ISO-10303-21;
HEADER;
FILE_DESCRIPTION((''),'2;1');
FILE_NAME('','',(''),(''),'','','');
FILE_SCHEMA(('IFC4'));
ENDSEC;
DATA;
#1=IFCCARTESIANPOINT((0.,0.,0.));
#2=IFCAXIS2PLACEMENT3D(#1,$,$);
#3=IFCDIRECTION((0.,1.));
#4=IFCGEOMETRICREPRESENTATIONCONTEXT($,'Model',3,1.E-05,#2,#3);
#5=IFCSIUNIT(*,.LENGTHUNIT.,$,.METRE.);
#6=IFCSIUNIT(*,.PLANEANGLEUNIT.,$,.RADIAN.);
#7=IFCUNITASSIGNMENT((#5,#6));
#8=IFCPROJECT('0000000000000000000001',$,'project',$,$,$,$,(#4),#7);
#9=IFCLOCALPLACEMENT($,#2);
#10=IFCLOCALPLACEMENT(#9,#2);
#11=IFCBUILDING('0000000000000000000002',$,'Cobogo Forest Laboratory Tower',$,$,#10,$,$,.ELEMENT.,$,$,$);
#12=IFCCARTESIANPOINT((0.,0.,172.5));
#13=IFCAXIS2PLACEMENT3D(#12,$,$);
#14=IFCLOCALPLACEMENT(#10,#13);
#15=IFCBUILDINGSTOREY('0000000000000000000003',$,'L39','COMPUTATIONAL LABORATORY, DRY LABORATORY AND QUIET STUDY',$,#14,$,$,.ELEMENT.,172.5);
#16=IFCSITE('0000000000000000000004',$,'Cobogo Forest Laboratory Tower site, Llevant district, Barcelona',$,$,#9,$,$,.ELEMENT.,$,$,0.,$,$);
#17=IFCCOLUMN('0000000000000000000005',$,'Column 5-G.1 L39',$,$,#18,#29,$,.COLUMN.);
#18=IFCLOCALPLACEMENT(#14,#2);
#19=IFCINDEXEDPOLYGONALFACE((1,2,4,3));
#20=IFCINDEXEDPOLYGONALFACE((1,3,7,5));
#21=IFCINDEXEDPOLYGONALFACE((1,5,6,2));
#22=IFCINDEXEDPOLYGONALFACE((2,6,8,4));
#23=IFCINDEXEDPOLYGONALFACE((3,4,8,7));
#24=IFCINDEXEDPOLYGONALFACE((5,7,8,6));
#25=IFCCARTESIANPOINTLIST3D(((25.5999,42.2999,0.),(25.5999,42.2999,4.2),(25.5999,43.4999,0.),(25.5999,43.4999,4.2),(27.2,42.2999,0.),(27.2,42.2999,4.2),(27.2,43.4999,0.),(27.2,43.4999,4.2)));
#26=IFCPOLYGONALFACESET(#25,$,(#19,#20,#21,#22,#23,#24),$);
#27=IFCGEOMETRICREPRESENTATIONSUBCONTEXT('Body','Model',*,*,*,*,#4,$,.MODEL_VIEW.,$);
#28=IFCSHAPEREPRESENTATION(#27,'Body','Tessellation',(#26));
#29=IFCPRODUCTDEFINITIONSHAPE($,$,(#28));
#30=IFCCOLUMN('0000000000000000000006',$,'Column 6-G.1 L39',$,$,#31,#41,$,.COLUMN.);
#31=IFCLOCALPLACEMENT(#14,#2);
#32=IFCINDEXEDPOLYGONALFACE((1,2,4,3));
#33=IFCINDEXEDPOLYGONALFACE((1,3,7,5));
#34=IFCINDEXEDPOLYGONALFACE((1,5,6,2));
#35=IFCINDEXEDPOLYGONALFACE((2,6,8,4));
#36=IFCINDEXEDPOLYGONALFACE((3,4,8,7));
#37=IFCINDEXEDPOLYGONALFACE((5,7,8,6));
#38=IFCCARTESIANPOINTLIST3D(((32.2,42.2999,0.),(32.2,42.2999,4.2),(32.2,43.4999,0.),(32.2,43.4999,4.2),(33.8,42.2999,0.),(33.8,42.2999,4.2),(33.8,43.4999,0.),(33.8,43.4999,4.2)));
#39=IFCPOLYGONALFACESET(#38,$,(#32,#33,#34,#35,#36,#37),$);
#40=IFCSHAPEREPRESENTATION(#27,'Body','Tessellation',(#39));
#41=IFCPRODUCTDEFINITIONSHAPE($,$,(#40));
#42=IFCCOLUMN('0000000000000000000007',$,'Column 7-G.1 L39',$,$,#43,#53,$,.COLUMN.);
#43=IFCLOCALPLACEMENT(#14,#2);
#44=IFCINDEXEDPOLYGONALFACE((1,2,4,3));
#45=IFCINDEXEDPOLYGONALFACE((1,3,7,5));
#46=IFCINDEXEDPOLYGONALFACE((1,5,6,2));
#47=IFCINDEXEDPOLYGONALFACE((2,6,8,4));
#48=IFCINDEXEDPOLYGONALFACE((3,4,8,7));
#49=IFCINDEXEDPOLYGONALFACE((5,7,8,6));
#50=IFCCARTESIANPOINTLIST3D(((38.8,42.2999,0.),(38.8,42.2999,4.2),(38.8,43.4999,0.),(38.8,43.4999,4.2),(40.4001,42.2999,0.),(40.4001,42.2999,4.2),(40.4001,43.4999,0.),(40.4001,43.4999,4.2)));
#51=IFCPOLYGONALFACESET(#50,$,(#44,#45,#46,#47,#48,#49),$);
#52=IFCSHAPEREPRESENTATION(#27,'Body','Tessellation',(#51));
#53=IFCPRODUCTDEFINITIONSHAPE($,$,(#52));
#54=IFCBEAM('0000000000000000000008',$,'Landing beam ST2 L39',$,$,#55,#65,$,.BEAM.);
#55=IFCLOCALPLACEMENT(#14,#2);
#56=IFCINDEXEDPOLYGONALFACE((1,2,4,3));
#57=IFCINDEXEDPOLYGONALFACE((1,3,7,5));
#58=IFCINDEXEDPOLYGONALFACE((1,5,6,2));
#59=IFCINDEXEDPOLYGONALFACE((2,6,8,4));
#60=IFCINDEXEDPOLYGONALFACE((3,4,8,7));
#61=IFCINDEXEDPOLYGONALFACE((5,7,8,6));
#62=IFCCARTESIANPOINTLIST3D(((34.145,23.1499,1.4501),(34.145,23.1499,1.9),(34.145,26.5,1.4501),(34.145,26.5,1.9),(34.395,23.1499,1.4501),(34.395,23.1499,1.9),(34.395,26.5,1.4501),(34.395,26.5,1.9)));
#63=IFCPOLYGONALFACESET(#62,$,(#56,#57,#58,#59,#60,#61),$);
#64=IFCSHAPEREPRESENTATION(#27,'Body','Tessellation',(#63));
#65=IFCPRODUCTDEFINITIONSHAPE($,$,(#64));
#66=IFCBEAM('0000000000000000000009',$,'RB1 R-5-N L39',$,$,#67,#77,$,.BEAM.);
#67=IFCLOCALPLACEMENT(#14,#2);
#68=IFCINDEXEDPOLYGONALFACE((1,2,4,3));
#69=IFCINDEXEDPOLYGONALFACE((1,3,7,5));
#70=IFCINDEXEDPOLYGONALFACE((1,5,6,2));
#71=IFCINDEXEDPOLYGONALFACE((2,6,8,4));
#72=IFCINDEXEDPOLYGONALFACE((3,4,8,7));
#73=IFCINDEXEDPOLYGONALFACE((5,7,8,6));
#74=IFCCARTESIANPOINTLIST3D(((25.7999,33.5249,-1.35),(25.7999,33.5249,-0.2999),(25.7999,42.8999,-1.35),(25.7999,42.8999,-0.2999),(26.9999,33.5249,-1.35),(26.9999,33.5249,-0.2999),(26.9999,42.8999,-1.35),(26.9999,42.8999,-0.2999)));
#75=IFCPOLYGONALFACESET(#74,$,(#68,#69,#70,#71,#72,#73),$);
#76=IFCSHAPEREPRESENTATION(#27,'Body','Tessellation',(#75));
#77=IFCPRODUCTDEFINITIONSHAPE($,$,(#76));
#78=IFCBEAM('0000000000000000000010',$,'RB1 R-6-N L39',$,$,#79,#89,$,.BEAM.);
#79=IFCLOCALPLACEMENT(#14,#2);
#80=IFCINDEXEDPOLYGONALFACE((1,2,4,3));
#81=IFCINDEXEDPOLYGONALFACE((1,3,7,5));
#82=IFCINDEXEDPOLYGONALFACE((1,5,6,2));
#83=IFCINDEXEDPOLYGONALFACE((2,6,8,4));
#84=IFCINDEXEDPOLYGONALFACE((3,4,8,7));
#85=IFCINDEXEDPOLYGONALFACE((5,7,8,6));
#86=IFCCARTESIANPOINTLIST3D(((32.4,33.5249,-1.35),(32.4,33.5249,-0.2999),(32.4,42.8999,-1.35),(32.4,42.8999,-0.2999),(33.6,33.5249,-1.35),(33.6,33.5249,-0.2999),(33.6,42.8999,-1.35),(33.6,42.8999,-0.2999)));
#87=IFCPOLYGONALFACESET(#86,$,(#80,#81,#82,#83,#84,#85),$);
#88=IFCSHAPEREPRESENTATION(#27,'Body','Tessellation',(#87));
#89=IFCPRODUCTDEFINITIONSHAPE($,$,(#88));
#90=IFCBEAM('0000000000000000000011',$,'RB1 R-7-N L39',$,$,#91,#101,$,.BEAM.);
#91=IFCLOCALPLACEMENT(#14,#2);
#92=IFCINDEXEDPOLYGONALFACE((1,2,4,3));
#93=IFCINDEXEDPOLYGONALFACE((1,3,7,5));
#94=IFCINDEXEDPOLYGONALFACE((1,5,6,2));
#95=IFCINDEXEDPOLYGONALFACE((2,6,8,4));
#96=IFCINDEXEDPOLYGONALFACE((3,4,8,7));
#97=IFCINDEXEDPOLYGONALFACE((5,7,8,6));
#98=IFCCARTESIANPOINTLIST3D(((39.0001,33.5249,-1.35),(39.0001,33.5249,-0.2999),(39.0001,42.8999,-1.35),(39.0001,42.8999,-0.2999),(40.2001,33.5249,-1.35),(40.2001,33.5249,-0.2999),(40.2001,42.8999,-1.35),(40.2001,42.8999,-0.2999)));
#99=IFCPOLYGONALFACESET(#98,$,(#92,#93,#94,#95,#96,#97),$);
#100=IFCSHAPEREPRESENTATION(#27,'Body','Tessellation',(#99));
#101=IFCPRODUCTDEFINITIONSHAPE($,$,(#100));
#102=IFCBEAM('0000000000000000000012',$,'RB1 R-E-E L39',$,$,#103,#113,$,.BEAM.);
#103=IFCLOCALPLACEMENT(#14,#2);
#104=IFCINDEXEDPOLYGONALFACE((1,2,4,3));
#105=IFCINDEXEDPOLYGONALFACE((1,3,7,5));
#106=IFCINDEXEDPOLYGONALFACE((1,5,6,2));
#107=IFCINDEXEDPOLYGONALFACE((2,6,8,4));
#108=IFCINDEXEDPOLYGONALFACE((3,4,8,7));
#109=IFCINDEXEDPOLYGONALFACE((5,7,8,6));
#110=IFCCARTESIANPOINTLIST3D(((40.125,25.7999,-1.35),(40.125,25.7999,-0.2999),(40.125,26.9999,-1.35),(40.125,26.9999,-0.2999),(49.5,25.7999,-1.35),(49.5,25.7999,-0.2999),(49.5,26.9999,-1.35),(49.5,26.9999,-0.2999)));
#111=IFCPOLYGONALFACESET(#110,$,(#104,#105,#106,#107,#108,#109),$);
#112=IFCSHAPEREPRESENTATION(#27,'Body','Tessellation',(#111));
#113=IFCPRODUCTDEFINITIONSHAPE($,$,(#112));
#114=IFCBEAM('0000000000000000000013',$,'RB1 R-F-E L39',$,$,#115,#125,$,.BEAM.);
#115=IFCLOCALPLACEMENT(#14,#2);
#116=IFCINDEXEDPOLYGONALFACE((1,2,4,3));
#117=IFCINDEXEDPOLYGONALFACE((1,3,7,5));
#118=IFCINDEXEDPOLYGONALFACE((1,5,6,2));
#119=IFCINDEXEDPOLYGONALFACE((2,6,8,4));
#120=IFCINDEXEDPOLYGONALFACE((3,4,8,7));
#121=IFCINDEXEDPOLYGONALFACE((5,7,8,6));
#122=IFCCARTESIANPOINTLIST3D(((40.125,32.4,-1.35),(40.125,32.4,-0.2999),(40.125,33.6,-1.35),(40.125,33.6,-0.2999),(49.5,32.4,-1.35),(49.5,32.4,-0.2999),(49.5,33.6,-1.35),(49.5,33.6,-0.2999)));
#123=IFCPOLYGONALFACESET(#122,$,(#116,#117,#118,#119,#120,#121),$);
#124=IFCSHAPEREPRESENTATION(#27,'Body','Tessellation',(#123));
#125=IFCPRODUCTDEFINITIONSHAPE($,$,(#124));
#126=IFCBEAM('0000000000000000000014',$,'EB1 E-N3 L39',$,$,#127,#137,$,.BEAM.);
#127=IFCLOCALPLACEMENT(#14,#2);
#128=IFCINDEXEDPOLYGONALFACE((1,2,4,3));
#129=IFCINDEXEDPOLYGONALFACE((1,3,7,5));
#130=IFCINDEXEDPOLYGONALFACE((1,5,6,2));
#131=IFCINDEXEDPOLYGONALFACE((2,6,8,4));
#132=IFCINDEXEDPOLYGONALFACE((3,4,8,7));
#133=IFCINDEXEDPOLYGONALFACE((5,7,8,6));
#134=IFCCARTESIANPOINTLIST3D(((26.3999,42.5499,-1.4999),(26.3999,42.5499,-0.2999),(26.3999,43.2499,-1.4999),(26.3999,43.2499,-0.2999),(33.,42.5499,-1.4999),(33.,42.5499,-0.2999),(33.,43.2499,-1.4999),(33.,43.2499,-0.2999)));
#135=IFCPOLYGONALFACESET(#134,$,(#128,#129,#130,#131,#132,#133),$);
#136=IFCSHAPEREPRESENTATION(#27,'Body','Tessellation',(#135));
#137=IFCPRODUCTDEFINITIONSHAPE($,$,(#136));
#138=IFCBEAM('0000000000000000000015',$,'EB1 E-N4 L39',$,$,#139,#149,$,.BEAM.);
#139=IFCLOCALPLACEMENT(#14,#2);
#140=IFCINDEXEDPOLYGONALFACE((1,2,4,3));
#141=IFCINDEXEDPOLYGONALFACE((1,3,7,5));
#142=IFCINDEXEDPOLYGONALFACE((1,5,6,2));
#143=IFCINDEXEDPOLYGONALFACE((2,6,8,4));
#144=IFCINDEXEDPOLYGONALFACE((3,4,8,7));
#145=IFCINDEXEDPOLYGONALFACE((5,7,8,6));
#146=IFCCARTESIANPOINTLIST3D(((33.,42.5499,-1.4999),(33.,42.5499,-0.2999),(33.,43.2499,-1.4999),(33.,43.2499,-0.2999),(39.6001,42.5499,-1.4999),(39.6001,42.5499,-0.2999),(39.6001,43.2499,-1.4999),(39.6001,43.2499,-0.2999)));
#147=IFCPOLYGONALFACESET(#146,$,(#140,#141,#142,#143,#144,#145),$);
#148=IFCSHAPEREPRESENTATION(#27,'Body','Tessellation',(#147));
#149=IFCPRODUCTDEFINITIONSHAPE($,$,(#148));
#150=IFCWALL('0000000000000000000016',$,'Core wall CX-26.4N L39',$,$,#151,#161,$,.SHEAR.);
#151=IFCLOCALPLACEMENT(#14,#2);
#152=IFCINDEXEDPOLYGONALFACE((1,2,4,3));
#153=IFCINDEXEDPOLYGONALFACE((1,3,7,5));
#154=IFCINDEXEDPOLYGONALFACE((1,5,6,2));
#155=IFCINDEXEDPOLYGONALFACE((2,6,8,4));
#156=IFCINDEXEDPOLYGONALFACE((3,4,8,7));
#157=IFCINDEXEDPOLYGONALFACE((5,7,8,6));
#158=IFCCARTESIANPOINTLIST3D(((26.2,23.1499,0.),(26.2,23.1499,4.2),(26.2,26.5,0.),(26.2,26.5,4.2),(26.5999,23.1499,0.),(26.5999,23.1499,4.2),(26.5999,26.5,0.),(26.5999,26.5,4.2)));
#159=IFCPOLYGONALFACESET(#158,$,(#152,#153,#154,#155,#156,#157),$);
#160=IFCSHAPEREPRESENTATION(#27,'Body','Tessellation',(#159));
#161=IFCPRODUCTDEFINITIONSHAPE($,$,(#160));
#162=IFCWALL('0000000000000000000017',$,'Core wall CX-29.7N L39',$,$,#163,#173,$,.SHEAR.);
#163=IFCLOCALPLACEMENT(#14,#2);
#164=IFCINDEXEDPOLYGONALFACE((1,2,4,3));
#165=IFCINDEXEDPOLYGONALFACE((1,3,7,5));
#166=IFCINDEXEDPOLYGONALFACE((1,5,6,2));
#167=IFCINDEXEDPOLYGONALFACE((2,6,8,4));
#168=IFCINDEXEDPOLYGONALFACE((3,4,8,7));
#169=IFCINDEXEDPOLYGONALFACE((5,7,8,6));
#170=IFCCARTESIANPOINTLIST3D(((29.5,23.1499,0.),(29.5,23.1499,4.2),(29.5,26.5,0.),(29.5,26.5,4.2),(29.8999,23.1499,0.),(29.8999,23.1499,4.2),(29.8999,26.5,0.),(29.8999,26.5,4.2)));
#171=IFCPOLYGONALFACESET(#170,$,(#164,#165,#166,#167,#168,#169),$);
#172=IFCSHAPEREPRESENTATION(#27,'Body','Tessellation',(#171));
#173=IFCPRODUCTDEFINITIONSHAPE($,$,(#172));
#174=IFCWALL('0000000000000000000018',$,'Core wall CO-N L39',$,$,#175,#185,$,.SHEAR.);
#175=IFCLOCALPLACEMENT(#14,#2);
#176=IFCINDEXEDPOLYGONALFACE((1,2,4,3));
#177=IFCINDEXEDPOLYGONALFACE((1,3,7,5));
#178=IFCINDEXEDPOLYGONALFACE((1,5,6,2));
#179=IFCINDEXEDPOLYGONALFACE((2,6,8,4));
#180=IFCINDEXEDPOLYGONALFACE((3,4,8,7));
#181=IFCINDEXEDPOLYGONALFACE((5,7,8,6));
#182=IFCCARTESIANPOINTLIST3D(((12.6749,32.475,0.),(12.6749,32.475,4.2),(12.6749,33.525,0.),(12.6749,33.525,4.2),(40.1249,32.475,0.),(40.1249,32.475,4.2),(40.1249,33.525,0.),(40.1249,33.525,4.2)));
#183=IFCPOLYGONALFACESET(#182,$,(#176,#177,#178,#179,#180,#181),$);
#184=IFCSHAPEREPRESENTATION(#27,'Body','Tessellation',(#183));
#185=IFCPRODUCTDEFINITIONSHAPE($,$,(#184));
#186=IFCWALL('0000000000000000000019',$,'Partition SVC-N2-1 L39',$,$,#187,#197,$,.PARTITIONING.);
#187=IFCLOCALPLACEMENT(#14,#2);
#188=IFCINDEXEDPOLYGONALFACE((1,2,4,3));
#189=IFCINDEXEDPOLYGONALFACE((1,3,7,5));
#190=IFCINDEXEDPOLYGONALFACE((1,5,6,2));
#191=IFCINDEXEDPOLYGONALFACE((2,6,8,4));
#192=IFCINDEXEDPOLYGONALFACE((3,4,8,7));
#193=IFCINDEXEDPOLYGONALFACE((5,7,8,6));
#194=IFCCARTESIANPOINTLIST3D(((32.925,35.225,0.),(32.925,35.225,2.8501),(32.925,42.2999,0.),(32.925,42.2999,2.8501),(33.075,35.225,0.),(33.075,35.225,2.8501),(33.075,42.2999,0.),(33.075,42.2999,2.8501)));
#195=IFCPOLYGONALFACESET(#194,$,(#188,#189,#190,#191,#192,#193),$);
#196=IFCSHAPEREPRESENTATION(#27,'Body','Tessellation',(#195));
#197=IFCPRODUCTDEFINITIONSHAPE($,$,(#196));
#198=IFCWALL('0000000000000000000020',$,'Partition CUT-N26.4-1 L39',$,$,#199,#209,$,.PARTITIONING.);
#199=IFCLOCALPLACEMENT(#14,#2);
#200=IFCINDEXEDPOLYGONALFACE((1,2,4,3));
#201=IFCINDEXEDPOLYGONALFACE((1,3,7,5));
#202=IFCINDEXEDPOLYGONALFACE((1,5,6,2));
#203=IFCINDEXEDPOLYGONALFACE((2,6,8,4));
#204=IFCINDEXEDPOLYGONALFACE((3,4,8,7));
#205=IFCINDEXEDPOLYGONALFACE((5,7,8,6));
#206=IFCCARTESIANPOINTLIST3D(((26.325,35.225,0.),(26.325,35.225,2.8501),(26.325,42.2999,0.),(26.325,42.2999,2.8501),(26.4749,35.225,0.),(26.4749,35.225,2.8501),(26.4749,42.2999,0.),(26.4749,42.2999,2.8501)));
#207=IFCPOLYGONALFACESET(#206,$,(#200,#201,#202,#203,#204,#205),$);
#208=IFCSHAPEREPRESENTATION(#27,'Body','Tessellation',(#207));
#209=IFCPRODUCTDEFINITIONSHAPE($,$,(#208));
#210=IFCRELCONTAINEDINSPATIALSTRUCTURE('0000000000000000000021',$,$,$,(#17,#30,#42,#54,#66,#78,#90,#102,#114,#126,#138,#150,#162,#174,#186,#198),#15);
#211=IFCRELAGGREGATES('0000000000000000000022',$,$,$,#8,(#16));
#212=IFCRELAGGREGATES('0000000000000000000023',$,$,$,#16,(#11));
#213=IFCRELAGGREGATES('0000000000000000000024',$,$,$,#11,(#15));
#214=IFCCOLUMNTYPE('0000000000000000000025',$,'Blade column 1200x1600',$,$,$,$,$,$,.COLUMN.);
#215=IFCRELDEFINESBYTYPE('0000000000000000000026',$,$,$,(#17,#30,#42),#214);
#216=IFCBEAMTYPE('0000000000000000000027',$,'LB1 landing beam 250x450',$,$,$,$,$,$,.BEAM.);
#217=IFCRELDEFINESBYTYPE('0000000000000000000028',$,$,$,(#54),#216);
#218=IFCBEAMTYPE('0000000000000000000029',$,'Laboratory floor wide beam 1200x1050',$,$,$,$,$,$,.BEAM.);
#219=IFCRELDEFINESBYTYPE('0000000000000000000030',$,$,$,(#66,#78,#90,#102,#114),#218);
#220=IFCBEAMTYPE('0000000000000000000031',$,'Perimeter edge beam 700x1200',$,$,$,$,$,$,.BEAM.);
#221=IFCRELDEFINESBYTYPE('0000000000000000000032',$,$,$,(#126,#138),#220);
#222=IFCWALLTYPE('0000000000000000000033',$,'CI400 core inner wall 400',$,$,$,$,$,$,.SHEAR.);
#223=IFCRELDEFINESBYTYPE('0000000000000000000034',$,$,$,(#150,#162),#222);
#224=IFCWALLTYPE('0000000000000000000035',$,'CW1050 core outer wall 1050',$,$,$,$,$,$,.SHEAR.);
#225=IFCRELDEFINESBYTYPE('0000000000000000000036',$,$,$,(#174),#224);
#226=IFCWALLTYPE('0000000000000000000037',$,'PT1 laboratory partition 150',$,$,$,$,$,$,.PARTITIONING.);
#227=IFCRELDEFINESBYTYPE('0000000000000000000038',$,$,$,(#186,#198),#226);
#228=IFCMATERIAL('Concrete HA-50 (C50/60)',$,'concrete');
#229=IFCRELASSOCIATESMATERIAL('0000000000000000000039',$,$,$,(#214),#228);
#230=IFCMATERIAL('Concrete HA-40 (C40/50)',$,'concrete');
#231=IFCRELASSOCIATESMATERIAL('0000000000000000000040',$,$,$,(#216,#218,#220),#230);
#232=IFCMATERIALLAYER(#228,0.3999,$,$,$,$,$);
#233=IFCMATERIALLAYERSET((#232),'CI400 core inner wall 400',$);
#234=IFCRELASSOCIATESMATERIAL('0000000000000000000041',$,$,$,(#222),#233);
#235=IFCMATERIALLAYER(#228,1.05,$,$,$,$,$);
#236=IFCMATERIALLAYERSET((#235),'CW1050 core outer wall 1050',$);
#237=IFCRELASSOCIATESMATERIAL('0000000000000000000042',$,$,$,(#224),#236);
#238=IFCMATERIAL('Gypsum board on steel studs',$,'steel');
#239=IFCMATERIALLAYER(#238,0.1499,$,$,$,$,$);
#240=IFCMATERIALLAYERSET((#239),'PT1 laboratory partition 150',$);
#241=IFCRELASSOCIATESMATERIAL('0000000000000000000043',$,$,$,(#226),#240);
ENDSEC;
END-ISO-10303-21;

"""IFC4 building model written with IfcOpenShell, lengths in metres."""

from ifc_helpers import new_model, si_unit, direction, frame, frame_2d, origin, origin_2d, place, context, subcontext, project, spatial, rectangle, extrude, material, layer, layer_set, material_profile, profile_set, type_object, element, save


model = new_model("IFC4")

# Units and contexts
model_context = context("Model", 3, precision=1e-05, world=origin(), true_north=direction((0.0, 1.0)))
body_context = subcontext(model_context, "Body", "Model", "MODEL_VIEW")
ifc_project = project(units=[si_unit("LENGTHUNIT", "METRE"), si_unit("PLANEANGLEUNIT", "RADIAN")], contexts=[model_context])

# Site, building, storey
site_placement = place(None, origin())
site = spatial("IfcSite", under=ifc_project, at=site_placement, Name="Cobogo Forest Laboratory Tower site, Llevant district, Barcelona", CompositionType="ELEMENT", RefElevation=0.0)
building_placement = place(site_placement, origin())
building = spatial("IfcBuilding", under=site, at=building_placement, Name="Cobogo Forest Laboratory Tower", CompositionType="ELEMENT")
storey_placement = place(building_placement, frame((0.0, 0.0, 172.5)))
storey = spatial("IfcBuildingStorey", under=building, at=storey_placement, Name="L39", Description="COMPUTATIONAL LABORATORY, DRY LABORATORY AND QUIET STUDY", CompositionType="ELEMENT", Elevation=172.5)

# Columns
ifc_material_1 = material(Name="Concrete HA-50 (C50/60)", Category="concrete")
ifc_material_profile_1 = material_profile(ifc_material_1, rectangle(XDim=1.6001, YDim=1.2, at=origin_2d()), Name="RC 1200x1600")
ifc_profile_set_1 = profile_set([ifc_material_profile_1], Name="Concrete HA-50 (C50/60)")
column_type = type_object("IfcColumnType", Name="Blade column 1200x1600", PredefinedType="COLUMN", material=ifc_profile_set_1)
for number, where, z_axis, x_axis, name in (
    (1, (26.3999, 42.8999, 0.0), (0.0, 0.0, 1.0), (1.0, 0.0, 0.0), "Column 5-G.1 L39"),
    (2, (33.0, 42.8999, 0.0), (0.0, 0.0, 1.0), (1.0, 0.0, 0.0), "Column 6-G.1 L39"),
    (3, (39.6001, 42.8999, 0.0), (0.0, 0.0, 1.0), (1.0, 0.0, 0.0), "Column 7-G.1 L39"),
):
    element("IfcColumn", number, at=place(storey_placement, frame(where, z_axis=z_axis, x_axis=x_axis)), inside=storey, type_object=column_type, Name=name, PredefinedType="COLUMN", context=body_context, shape_type="SweptSolid", body=[
        extrude(rectangle(XDim=1.6001, YDim=1.2, at=origin_2d()), origin(), (0.0, 0.0, 1.0), 4.2),
    ])

# Beams
ifc_material_2 = material(Name="Concrete HA-40 (C40/50)", Category="concrete")
ifc_material_profile_2 = material_profile(ifc_material_2, rectangle(XDim=0.25, YDim=0.45, at=origin_2d()), Name="RC 250x450")
ifc_profile_set_2 = profile_set([ifc_material_profile_2], Name="Concrete HA-40 (C40/50)")
beam_type_1 = type_object("IfcBeamType", Name="LB1 landing beam 250x450", PredefinedType="BEAM", material=ifc_profile_set_2)
beam_placement = place(storey_placement, frame((34.27, 23.1499, 1.675), z_axis=(0.0, 1.0, 0.0), x_axis=(-1.0, 0.0, 0.0)))
element("IfcBeam", 4, at=beam_placement, inside=storey, type_object=beam_type_1, Name="Landing beam ST2 L39", PredefinedType="BEAM", context=body_context, shape_type="SweptSolid", body=[
    extrude(rectangle(XDim=0.25, YDim=0.45, at=origin_2d()), origin(), (0.0, 0.0, 1.0), 3.3501),
])
ifc_material_profile_3 = material_profile(ifc_material_2, rectangle(XDim=1.2, YDim=1.05, at=origin_2d()), Name="RC 1200x1050")
ifc_profile_set_3 = profile_set([ifc_material_profile_3], Name="Concrete HA-40 (C40/50)")
beam_type_2 = type_object("IfcBeamType", Name="Laboratory floor wide beam 1200x1050", PredefinedType="BEAM", material=ifc_profile_set_3)
for number, where, z_axis, x_axis, name in (
    (5, (26.3999, 33.5249, -0.825), (0.0, 1.0, 0.0), (-1.0, 0.0, 0.0), "RB1 R-5-N L39"),
    (6, (33.0, 33.5249, -0.825), (0.0, 1.0, 0.0), (-1.0, 0.0, 0.0), "RB1 R-6-N L39"),
    (7, (39.6001, 33.5249, -0.825), (0.0, 1.0, 0.0), (-1.0, 0.0, 0.0), "RB1 R-7-N L39"),
    (8, (40.125, 26.3999, -0.825), (1.0, 0.0, 0.0), (0.0, 1.0, 0.0), "RB1 R-E-E L39"),
    (9, (40.125, 33.0, -0.825), (1.0, 0.0, 0.0), (0.0, 1.0, 0.0), "RB1 R-F-E L39"),
):
    element("IfcBeam", number, at=place(storey_placement, frame(where, z_axis=z_axis, x_axis=x_axis)), inside=storey, type_object=beam_type_2, Name=name, PredefinedType="BEAM", context=body_context, shape_type="SweptSolid", body=[
        extrude(rectangle(XDim=1.2, YDim=1.05, at=origin_2d()), origin(), (0.0, 0.0, 1.0), 9.375),
    ])
ifc_material_profile_4 = material_profile(ifc_material_2, rectangle(XDim=0.7, YDim=1.2, at=origin_2d()), Name="RC 700x1200")
ifc_profile_set_4 = profile_set([ifc_material_profile_4], Name="Concrete HA-40 (C40/50)")
beam_type_3 = type_object("IfcBeamType", Name="Perimeter edge beam 700x1200", PredefinedType="BEAM", material=ifc_profile_set_4)
for number, where, z_axis, x_axis, name in (
    (10, (26.3999, 42.8999, -0.8999), (1.0, 0.0, 0.0), (0.0, 1.0, 0.0), "EB1 E-N3 L39"),
    (11, (33.0, 42.8999, -0.8999), (1.0, 0.0, 0.0), (0.0, 1.0, 0.0), "EB1 E-N4 L39"),
):
    element("IfcBeam", number, at=place(storey_placement, frame(where, z_axis=z_axis, x_axis=x_axis)), inside=storey, type_object=beam_type_3, Name=name, PredefinedType="BEAM", context=body_context, shape_type="SweptSolid", body=[
        extrude(rectangle(XDim=0.7, YDim=1.2, at=origin_2d()), origin(), (0.0, 0.0, 1.0), 6.6001),
    ])

# Walls
ifc_layer_1 = layer(ifc_material_1, 0.3999)
ifc_layer_set_1 = layer_set([ifc_layer_1], Name="CI400 core inner wall 400")
wall_type_1 = type_object("IfcWallType", Name="CI400 core inner wall 400", PredefinedType="SHEAR", material=ifc_layer_set_1)
for number, where, z_axis, x_axis, name in (
    (12, (26.3999, 23.1499, 0.0), (0.0, 0.0, 1.0), (0.0, 1.0, 0.0), "Core wall CX-26.4N L39"),
    (13, (29.7, 23.1499, 0.0), (0.0, 0.0, 1.0), (0.0, 1.0, 0.0), "Core wall CX-29.7N L39"),
):
    element("IfcWall", number, at=place(storey_placement, frame(where, z_axis=z_axis, x_axis=x_axis)), inside=storey, type_object=wall_type_1, Name=name, PredefinedType="SHEAR", context=body_context, shape_type="SweptSolid", body=[
        extrude(rectangle(XDim=3.3501, YDim=0.3999, at=frame_2d((1.675, 0.0))), origin(), (0.0, 0.0, 1.0), 4.2),
    ])
ifc_layer_2 = layer(ifc_material_1, 1.05)
ifc_layer_set_2 = layer_set([ifc_layer_2], Name="CW1050 core outer wall 1050")
wall_type_2 = type_object("IfcWallType", Name="CW1050 core outer wall 1050", PredefinedType="SHEAR", material=ifc_layer_set_2)
wall_1_placement = place(storey_placement, frame((40.125, 33.0, 0.0), z_axis=(0.0, 0.0, 1.0), x_axis=(-1.0, 0.0, 0.0)))
element("IfcWall", 14, at=wall_1_placement, inside=storey, type_object=wall_type_2, Name="Core wall CO-N L39", PredefinedType="SHEAR", context=body_context, shape_type="SweptSolid", body=[
    extrude(rectangle(XDim=27.45, YDim=1.05, at=frame_2d((13.7251, 0.0))), origin(), (0.0, 0.0, 1.0), 4.2),
])
ifc_material_3 = material(Name="Gypsum board on steel studs", Category="steel")
ifc_layer_3 = layer(ifc_material_3, 0.1499)
ifc_layer_set_3 = layer_set([ifc_layer_3], Name="PT1 laboratory partition 150")
wall_type_3 = type_object("IfcWallType", Name="PT1 laboratory partition 150", PredefinedType="PARTITIONING", material=ifc_layer_set_3)
for number, where, z_axis, x_axis, name in (
    (15, (33.0, 42.3, 0.0), (0.0, 0.0, 1.0), (0.0, -1.0, 0.0), "Partition SVC-N2-1 L39"),
    (16, (26.3999, 42.3, 0.0), (0.0, 0.0, 1.0), (0.0, -1.0, 0.0), "Partition CUT-N26.4-1 L39"),
):
    element("IfcWall", number, at=place(storey_placement, frame(where, z_axis=z_axis, x_axis=x_axis)), inside=storey, type_object=wall_type_3, Name=name, PredefinedType="PARTITIONING", context=body_context, shape_type="SweptSolid", body=[
        extrude(rectangle(XDim=7.075, YDim=0.1499, at=frame_2d((3.5376, 0.0))), origin(), (0.0, 0.0, 1.0), 2.8501),
    ])

save(model, "model.ifc")
